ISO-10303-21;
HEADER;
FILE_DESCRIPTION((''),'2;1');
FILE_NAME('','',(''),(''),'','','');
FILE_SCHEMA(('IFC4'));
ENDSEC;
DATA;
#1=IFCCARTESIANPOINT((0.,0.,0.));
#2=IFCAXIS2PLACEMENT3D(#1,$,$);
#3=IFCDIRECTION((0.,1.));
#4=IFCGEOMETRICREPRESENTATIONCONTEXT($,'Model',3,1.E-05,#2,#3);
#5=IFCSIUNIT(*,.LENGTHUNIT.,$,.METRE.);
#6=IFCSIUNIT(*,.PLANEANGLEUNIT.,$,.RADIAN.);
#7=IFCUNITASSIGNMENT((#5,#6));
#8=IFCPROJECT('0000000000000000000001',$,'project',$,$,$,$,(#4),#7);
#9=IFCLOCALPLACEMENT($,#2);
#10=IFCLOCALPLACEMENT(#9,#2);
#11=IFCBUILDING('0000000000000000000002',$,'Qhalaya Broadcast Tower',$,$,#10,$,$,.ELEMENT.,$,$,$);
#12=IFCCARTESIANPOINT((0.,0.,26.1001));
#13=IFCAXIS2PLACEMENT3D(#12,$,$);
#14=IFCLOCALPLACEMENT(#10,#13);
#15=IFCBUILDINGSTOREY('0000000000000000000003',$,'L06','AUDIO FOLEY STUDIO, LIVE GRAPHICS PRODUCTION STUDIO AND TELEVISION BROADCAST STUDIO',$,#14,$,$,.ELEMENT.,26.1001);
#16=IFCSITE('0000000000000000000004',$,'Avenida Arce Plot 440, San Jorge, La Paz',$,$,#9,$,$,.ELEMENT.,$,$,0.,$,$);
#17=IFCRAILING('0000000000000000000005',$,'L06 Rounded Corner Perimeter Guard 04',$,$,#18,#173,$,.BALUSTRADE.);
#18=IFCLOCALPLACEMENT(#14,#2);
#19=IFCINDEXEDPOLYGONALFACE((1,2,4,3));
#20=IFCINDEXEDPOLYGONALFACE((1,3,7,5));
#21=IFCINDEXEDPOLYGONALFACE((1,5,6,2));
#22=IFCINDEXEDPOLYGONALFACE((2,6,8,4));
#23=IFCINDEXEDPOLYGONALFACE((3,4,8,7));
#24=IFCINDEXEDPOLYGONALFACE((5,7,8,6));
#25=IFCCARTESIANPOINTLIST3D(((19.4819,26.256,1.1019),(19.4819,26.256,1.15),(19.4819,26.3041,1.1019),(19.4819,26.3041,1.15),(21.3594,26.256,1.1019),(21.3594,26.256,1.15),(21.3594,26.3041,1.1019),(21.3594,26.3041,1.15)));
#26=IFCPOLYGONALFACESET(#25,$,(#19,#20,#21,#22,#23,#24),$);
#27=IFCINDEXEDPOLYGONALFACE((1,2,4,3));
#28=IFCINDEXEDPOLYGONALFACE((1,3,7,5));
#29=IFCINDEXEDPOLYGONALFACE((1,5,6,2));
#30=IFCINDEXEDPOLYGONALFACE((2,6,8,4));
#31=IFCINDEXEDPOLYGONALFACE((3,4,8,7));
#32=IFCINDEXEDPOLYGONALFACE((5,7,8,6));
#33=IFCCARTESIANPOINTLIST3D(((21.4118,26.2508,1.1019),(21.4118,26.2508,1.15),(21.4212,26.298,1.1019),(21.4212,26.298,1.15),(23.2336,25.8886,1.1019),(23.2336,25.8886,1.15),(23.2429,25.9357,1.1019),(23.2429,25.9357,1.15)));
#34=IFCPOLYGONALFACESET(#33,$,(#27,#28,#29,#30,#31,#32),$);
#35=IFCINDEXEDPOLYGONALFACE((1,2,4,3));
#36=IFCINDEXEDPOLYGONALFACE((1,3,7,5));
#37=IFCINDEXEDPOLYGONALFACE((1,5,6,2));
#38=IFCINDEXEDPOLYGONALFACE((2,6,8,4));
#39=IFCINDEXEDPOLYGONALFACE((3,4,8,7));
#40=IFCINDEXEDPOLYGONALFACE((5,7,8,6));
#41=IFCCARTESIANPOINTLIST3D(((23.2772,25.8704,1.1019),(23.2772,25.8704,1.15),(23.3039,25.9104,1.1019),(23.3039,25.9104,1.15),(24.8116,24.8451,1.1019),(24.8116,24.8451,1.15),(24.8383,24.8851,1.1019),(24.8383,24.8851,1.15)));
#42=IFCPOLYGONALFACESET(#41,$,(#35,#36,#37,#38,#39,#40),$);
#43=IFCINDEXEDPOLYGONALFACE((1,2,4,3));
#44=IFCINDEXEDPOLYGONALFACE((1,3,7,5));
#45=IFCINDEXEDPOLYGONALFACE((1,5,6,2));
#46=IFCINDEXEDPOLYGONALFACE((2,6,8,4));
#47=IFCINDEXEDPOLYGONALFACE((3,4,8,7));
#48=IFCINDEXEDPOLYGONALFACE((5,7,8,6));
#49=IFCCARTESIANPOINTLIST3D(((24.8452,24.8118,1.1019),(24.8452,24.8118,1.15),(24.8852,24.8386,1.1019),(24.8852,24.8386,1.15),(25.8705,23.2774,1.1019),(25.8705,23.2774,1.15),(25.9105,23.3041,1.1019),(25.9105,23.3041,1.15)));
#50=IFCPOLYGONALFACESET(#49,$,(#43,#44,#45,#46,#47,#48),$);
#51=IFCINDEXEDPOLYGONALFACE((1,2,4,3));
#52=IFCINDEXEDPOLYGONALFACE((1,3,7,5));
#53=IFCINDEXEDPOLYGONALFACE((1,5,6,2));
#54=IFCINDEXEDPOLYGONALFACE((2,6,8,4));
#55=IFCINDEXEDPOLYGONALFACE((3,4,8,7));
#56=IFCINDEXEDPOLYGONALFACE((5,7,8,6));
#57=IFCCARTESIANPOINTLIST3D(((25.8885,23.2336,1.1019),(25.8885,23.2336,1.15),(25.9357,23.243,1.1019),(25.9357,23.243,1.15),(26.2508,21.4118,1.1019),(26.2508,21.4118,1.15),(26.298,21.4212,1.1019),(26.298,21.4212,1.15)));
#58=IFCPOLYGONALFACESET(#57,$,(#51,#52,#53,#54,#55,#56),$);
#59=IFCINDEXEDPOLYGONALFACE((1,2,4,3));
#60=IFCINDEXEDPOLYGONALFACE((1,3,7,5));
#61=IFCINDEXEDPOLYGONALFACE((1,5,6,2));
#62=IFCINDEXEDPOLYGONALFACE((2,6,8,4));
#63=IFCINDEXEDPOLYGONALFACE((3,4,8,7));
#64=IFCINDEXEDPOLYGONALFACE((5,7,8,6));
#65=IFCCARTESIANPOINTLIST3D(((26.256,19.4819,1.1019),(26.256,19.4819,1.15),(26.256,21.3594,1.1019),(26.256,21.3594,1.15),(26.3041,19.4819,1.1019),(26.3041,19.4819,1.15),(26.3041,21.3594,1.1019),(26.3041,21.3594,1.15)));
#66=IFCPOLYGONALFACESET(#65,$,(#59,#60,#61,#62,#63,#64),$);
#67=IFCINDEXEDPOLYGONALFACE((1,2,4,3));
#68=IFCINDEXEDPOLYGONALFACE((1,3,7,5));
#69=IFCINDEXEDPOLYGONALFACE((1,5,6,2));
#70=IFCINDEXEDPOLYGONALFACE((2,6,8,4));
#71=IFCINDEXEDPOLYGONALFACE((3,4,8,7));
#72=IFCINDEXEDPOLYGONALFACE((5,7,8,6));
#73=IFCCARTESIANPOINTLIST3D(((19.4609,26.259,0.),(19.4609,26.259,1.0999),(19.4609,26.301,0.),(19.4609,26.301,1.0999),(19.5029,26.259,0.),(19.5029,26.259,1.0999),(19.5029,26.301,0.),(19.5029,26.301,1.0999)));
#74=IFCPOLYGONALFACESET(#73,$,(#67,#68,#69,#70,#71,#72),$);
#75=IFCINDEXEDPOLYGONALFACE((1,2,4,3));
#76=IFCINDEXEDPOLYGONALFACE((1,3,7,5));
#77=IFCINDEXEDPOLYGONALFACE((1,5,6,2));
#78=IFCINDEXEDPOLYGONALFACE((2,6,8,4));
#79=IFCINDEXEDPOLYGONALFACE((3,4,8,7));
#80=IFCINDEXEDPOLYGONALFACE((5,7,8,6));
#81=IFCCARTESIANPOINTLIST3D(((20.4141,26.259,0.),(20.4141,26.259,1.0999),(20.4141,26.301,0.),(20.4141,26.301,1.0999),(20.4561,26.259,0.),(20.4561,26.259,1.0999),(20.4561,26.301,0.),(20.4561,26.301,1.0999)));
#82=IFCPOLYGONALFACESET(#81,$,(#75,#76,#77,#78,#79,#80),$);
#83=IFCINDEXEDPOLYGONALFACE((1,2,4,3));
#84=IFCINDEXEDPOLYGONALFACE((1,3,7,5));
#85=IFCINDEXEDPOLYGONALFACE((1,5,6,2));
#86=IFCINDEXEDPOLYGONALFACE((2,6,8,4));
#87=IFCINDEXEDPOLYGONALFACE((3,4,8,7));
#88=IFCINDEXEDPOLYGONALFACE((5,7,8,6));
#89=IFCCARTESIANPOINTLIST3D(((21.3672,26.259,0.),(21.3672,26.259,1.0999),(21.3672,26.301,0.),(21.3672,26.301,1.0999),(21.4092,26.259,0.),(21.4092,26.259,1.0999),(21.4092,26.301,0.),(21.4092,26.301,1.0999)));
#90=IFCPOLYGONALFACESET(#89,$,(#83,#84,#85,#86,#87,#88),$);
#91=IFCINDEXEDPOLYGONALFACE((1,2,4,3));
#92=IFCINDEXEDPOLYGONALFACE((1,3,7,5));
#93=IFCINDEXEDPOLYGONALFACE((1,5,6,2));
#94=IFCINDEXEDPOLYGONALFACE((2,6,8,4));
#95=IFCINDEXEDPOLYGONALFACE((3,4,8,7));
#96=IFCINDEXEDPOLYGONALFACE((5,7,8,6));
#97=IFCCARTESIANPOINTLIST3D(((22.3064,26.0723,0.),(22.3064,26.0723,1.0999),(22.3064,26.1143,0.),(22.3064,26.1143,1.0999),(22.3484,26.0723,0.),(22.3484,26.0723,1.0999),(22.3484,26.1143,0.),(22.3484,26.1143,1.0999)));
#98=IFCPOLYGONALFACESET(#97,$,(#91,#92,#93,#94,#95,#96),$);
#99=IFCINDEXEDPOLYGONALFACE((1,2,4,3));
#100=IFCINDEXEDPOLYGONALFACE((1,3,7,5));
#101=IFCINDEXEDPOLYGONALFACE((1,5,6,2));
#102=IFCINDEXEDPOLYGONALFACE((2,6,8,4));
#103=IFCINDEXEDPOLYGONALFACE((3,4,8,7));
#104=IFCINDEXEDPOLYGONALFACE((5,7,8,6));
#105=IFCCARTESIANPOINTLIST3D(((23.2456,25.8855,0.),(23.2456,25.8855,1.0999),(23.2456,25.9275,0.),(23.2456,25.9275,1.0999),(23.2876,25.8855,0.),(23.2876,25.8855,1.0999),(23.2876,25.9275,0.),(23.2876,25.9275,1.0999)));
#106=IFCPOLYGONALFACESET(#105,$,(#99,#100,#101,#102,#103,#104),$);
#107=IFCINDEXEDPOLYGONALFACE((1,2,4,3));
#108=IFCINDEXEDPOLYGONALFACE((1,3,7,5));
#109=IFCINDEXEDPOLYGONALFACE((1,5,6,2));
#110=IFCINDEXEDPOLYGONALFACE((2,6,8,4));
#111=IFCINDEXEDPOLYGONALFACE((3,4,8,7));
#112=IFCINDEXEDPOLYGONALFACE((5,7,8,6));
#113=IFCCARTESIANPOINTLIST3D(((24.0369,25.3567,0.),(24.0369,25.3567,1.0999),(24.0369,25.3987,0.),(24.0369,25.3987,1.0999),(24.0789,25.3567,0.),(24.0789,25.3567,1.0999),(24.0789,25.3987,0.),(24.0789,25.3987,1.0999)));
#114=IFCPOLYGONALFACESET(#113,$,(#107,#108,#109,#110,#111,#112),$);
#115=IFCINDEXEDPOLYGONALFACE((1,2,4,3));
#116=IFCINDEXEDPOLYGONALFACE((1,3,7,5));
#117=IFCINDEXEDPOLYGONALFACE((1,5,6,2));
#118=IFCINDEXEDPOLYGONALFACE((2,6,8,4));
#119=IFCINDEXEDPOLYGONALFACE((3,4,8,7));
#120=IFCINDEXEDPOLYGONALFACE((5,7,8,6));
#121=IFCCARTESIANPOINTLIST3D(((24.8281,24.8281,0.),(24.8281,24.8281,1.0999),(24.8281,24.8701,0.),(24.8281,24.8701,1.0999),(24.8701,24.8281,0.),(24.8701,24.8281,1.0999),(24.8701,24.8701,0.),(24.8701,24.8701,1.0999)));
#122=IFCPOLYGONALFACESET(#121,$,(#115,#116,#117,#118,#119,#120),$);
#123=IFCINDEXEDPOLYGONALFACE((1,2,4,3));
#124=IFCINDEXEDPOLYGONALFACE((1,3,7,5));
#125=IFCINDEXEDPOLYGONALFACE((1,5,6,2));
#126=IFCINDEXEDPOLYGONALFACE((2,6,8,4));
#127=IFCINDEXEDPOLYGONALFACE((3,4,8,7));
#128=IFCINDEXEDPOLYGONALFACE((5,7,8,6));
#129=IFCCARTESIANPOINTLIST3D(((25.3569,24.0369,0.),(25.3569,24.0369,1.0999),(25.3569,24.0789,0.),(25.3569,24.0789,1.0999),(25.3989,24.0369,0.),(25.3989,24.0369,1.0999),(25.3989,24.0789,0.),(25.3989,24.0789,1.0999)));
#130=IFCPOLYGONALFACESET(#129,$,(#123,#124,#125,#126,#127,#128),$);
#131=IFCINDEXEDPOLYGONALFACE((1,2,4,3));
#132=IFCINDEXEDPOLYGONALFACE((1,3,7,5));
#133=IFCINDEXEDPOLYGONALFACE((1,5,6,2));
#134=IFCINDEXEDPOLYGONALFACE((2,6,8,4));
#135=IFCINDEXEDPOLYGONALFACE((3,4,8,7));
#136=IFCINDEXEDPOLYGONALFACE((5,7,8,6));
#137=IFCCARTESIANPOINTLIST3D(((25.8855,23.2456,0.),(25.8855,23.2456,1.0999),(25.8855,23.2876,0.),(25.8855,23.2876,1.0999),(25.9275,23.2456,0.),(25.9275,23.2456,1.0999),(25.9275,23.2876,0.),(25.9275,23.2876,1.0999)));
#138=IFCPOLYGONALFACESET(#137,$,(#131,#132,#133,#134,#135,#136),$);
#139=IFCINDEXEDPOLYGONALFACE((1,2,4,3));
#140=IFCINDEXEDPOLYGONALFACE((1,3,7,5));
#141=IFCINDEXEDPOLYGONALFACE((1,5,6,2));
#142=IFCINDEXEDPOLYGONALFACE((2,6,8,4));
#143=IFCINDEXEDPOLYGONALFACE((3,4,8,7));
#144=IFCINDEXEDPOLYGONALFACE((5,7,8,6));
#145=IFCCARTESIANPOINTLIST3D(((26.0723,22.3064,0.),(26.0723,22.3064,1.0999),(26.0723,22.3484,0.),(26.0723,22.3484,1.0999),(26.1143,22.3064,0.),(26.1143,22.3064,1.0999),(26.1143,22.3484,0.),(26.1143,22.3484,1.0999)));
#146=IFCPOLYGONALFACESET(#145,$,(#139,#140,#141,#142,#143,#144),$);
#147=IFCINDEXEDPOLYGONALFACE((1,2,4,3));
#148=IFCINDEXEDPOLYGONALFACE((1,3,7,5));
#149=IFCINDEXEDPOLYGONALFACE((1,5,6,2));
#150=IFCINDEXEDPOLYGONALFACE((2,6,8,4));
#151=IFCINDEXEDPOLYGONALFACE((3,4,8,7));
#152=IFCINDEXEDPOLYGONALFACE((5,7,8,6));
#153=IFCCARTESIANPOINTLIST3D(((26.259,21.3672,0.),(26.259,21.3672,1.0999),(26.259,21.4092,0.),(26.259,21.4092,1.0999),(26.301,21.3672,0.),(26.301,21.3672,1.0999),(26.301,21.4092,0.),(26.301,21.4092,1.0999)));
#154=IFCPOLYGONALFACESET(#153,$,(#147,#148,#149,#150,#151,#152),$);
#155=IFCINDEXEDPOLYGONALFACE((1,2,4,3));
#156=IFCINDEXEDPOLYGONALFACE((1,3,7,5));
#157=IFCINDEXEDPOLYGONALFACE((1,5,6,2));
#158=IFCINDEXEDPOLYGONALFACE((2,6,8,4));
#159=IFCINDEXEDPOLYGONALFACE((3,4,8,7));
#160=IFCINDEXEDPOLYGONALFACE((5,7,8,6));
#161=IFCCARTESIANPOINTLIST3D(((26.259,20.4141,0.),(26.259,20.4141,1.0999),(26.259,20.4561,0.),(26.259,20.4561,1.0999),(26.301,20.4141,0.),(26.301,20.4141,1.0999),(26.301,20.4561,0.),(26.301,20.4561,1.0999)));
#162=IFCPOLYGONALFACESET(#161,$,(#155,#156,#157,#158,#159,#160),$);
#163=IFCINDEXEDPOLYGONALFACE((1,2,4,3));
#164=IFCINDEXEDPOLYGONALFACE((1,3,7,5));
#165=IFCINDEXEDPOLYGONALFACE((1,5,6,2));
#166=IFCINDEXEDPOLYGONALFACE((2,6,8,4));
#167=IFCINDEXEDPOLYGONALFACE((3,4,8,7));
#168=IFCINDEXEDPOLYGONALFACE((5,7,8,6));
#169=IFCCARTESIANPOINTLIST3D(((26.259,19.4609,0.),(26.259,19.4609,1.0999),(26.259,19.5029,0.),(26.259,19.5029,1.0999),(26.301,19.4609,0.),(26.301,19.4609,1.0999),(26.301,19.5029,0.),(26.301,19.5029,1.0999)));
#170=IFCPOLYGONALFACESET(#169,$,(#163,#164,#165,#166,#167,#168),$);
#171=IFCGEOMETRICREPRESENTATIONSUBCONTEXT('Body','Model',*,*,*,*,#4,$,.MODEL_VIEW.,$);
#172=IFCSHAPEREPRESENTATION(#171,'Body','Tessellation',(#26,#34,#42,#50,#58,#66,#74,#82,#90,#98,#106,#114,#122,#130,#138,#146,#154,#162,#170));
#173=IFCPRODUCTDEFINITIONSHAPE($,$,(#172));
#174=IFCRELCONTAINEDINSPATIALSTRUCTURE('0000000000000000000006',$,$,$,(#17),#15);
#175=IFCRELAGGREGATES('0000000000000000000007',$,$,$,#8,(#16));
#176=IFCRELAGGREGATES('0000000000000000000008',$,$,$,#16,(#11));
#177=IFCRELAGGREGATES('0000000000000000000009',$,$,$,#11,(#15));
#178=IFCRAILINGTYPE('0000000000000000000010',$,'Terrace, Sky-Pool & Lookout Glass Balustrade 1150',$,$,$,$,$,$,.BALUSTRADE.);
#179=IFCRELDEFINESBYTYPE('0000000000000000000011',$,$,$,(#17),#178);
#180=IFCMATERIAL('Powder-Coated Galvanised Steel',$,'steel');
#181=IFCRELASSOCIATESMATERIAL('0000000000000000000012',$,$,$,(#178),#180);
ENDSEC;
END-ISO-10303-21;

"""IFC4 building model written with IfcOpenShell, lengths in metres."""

from ifc_helpers import new_model, si_unit, direction, frame, origin, origin_2d, place, context, subcontext, project, spatial, rectangle, extrude, material, type_object, element, save


model = new_model("IFC4")

# Units and contexts
model_context = context("Model", 3, precision=1e-05, world=origin(), true_north=direction((0.0, 1.0)))
body_context = subcontext(model_context, "Body", "Model", "MODEL_VIEW")
ifc_project = project(units=[si_unit("LENGTHUNIT", "METRE"), si_unit("PLANEANGLEUNIT", "RADIAN")], contexts=[model_context])

# Site, building, storey
site_placement = place(None, origin())
site = spatial("IfcSite", under=ifc_project, at=site_placement, Name="Avenida Arce Plot 440, San Jorge, La Paz", CompositionType="ELEMENT", RefElevation=0.0)
building_placement = place(site_placement, origin())
building = spatial("IfcBuilding", under=site, at=building_placement, Name="Qhalaya Broadcast Tower", CompositionType="ELEMENT")
storey_placement = place(building_placement, frame((0.0, 0.0, 26.1001)))
storey = spatial("IfcBuildingStorey", under=building, at=storey_placement, Name="L06", Description="AUDIO FOLEY STUDIO, LIVE GRAPHICS PRODUCTION STUDIO AND TELEVISION BROADCAST STUDIO", CompositionType="ELEMENT", Elevation=26.1001)

# Railing
ifc_material_1 = material(Name="Powder-Coated Galvanised Steel", Category="steel")
railing_type = type_object("IfcRailingType", Name="Terrace, Sky-Pool & Lookout Glass Balustrade 1150", PredefinedType="BALUSTRADE", material=ifc_material_1)
railing_1_placement = place(storey_placement, frame((19.4819, 26.28, 0.0)))
element("IfcRailing", 1, at=railing_1_placement, inside=storey, type_object=railing_type, Name="L06 Rounded Corner Perimeter Guard 04", PredefinedType="BALUSTRADE", context=body_context, shape_type="SweptSolid", body=[
    extrude(rectangle(XDim=0.0481, YDim=0.0481, at=origin_2d()), frame((0.0, 0.0, 1.126), z_axis=(1.0, 0.0, 0.0), x_axis=(0.0, 1.0, 0.0)), (0.0, 0.0, 1.0), 1.8774),
    extrude(rectangle(XDim=0.0481, YDim=0.0481, at=origin_2d()), frame((1.9346, -0.0056, 1.126), z_axis=(0.980796, -0.195037, 0.0), x_axis=(0.195037, 0.980796, 0.0)), (0.0, 0.0, 1.0), 1.8574),
    extrude(rectangle(XDim=0.0481, YDim=0.0481, at=origin_2d()), frame((3.8086, -0.3896, 1.126), z_axis=(0.831478, -0.555558, 0.0), x_axis=(0.555558, 0.831478, 0.0)), (0.0, 0.0, 1.0), 1.8455),
    extrude(rectangle(XDim=0.0481, YDim=0.0481, at=origin_2d()), frame((5.3833, -1.4548, 1.126), z_axis=(0.555558, -0.831478, 0.0), x_axis=(0.831478, 0.555558, 0.0)), (0.0, 0.0, 1.0), 1.8455),
    extrude(rectangle(XDim=0.0481, YDim=0.0481, at=origin_2d()), frame((6.4302, -3.0417, 1.126), z_axis=(0.195037, -0.980796, 0.0), x_axis=(0.980796, 0.195037, 0.0)), (0.0, 0.0, 1.0), 1.8574),
    extrude(rectangle(XDim=0.0481, YDim=0.0481, at=origin_2d()), frame((6.7981, -4.9207, 1.126), z_axis=(0.0, -1.0, 0.0), x_axis=(1.0, 0.0, 0.0)), (0.0, 0.0, 1.0), 1.8774),
    extrude(rectangle(XDim=0.042, YDim=0.042, at=origin_2d()), origin(), (0.0, 0.0, 1.0), 1.0999),
    extrude(rectangle(XDim=0.042, YDim=0.042, at=origin_2d()), frame((0.9531, 0.0, 0.0)), (0.0, 0.0, 1.0), 1.0999),
    extrude(rectangle(XDim=0.042, YDim=0.042, at=origin_2d()), frame((1.9062, 0.0, 0.0)), (0.0, 0.0, 1.0), 1.0999),
    extrude(rectangle(XDim=0.042, YDim=0.042, at=origin_2d()), frame((2.8455, -0.1868, 0.0)), (0.0, 0.0, 1.0), 1.0999),
    extrude(rectangle(XDim=0.042, YDim=0.042, at=origin_2d()), frame((3.7847, -0.3735, 0.0)), (0.0, 0.0, 1.0), 1.0999),
    extrude(rectangle(XDim=0.042, YDim=0.042, at=origin_2d()), frame((4.5759, -0.9023, 0.0)), (0.0, 0.0, 1.0), 1.0999),
    extrude(rectangle(XDim=0.042, YDim=0.042, at=origin_2d()), frame((5.3672, -1.4309, 0.0)), (0.0, 0.0, 1.0), 1.0999),
    extrude(rectangle(XDim=0.042, YDim=0.042, at=origin_2d()), frame((5.896, -2.2222, 0.0)), (0.0, 0.0, 1.0), 1.0999),
    extrude(rectangle(XDim=0.042, YDim=0.042, at=origin_2d()), frame((6.4246, -3.0134, 0.0)), (0.0, 0.0, 1.0), 1.0999),
    extrude(rectangle(XDim=0.042, YDim=0.042, at=origin_2d()), frame((6.6113, -3.9526, 0.0)), (0.0, 0.0, 1.0), 1.0999),
    extrude(rectangle(XDim=0.042, YDim=0.042, at=origin_2d()), frame((6.7981, -4.8918, 0.0)), (0.0, 0.0, 1.0), 1.0999),
    extrude(rectangle(XDim=0.042, YDim=0.042, at=origin_2d()), frame((6.7981, -5.845, 0.0)), (0.0, 0.0, 1.0), 1.0999),
    extrude(rectangle(XDim=0.042, YDim=0.042, at=origin_2d()), frame((6.7981, -6.7981, 0.0)), (0.0, 0.0, 1.0), 1.0999),
])

save(model, "model.ifc")
